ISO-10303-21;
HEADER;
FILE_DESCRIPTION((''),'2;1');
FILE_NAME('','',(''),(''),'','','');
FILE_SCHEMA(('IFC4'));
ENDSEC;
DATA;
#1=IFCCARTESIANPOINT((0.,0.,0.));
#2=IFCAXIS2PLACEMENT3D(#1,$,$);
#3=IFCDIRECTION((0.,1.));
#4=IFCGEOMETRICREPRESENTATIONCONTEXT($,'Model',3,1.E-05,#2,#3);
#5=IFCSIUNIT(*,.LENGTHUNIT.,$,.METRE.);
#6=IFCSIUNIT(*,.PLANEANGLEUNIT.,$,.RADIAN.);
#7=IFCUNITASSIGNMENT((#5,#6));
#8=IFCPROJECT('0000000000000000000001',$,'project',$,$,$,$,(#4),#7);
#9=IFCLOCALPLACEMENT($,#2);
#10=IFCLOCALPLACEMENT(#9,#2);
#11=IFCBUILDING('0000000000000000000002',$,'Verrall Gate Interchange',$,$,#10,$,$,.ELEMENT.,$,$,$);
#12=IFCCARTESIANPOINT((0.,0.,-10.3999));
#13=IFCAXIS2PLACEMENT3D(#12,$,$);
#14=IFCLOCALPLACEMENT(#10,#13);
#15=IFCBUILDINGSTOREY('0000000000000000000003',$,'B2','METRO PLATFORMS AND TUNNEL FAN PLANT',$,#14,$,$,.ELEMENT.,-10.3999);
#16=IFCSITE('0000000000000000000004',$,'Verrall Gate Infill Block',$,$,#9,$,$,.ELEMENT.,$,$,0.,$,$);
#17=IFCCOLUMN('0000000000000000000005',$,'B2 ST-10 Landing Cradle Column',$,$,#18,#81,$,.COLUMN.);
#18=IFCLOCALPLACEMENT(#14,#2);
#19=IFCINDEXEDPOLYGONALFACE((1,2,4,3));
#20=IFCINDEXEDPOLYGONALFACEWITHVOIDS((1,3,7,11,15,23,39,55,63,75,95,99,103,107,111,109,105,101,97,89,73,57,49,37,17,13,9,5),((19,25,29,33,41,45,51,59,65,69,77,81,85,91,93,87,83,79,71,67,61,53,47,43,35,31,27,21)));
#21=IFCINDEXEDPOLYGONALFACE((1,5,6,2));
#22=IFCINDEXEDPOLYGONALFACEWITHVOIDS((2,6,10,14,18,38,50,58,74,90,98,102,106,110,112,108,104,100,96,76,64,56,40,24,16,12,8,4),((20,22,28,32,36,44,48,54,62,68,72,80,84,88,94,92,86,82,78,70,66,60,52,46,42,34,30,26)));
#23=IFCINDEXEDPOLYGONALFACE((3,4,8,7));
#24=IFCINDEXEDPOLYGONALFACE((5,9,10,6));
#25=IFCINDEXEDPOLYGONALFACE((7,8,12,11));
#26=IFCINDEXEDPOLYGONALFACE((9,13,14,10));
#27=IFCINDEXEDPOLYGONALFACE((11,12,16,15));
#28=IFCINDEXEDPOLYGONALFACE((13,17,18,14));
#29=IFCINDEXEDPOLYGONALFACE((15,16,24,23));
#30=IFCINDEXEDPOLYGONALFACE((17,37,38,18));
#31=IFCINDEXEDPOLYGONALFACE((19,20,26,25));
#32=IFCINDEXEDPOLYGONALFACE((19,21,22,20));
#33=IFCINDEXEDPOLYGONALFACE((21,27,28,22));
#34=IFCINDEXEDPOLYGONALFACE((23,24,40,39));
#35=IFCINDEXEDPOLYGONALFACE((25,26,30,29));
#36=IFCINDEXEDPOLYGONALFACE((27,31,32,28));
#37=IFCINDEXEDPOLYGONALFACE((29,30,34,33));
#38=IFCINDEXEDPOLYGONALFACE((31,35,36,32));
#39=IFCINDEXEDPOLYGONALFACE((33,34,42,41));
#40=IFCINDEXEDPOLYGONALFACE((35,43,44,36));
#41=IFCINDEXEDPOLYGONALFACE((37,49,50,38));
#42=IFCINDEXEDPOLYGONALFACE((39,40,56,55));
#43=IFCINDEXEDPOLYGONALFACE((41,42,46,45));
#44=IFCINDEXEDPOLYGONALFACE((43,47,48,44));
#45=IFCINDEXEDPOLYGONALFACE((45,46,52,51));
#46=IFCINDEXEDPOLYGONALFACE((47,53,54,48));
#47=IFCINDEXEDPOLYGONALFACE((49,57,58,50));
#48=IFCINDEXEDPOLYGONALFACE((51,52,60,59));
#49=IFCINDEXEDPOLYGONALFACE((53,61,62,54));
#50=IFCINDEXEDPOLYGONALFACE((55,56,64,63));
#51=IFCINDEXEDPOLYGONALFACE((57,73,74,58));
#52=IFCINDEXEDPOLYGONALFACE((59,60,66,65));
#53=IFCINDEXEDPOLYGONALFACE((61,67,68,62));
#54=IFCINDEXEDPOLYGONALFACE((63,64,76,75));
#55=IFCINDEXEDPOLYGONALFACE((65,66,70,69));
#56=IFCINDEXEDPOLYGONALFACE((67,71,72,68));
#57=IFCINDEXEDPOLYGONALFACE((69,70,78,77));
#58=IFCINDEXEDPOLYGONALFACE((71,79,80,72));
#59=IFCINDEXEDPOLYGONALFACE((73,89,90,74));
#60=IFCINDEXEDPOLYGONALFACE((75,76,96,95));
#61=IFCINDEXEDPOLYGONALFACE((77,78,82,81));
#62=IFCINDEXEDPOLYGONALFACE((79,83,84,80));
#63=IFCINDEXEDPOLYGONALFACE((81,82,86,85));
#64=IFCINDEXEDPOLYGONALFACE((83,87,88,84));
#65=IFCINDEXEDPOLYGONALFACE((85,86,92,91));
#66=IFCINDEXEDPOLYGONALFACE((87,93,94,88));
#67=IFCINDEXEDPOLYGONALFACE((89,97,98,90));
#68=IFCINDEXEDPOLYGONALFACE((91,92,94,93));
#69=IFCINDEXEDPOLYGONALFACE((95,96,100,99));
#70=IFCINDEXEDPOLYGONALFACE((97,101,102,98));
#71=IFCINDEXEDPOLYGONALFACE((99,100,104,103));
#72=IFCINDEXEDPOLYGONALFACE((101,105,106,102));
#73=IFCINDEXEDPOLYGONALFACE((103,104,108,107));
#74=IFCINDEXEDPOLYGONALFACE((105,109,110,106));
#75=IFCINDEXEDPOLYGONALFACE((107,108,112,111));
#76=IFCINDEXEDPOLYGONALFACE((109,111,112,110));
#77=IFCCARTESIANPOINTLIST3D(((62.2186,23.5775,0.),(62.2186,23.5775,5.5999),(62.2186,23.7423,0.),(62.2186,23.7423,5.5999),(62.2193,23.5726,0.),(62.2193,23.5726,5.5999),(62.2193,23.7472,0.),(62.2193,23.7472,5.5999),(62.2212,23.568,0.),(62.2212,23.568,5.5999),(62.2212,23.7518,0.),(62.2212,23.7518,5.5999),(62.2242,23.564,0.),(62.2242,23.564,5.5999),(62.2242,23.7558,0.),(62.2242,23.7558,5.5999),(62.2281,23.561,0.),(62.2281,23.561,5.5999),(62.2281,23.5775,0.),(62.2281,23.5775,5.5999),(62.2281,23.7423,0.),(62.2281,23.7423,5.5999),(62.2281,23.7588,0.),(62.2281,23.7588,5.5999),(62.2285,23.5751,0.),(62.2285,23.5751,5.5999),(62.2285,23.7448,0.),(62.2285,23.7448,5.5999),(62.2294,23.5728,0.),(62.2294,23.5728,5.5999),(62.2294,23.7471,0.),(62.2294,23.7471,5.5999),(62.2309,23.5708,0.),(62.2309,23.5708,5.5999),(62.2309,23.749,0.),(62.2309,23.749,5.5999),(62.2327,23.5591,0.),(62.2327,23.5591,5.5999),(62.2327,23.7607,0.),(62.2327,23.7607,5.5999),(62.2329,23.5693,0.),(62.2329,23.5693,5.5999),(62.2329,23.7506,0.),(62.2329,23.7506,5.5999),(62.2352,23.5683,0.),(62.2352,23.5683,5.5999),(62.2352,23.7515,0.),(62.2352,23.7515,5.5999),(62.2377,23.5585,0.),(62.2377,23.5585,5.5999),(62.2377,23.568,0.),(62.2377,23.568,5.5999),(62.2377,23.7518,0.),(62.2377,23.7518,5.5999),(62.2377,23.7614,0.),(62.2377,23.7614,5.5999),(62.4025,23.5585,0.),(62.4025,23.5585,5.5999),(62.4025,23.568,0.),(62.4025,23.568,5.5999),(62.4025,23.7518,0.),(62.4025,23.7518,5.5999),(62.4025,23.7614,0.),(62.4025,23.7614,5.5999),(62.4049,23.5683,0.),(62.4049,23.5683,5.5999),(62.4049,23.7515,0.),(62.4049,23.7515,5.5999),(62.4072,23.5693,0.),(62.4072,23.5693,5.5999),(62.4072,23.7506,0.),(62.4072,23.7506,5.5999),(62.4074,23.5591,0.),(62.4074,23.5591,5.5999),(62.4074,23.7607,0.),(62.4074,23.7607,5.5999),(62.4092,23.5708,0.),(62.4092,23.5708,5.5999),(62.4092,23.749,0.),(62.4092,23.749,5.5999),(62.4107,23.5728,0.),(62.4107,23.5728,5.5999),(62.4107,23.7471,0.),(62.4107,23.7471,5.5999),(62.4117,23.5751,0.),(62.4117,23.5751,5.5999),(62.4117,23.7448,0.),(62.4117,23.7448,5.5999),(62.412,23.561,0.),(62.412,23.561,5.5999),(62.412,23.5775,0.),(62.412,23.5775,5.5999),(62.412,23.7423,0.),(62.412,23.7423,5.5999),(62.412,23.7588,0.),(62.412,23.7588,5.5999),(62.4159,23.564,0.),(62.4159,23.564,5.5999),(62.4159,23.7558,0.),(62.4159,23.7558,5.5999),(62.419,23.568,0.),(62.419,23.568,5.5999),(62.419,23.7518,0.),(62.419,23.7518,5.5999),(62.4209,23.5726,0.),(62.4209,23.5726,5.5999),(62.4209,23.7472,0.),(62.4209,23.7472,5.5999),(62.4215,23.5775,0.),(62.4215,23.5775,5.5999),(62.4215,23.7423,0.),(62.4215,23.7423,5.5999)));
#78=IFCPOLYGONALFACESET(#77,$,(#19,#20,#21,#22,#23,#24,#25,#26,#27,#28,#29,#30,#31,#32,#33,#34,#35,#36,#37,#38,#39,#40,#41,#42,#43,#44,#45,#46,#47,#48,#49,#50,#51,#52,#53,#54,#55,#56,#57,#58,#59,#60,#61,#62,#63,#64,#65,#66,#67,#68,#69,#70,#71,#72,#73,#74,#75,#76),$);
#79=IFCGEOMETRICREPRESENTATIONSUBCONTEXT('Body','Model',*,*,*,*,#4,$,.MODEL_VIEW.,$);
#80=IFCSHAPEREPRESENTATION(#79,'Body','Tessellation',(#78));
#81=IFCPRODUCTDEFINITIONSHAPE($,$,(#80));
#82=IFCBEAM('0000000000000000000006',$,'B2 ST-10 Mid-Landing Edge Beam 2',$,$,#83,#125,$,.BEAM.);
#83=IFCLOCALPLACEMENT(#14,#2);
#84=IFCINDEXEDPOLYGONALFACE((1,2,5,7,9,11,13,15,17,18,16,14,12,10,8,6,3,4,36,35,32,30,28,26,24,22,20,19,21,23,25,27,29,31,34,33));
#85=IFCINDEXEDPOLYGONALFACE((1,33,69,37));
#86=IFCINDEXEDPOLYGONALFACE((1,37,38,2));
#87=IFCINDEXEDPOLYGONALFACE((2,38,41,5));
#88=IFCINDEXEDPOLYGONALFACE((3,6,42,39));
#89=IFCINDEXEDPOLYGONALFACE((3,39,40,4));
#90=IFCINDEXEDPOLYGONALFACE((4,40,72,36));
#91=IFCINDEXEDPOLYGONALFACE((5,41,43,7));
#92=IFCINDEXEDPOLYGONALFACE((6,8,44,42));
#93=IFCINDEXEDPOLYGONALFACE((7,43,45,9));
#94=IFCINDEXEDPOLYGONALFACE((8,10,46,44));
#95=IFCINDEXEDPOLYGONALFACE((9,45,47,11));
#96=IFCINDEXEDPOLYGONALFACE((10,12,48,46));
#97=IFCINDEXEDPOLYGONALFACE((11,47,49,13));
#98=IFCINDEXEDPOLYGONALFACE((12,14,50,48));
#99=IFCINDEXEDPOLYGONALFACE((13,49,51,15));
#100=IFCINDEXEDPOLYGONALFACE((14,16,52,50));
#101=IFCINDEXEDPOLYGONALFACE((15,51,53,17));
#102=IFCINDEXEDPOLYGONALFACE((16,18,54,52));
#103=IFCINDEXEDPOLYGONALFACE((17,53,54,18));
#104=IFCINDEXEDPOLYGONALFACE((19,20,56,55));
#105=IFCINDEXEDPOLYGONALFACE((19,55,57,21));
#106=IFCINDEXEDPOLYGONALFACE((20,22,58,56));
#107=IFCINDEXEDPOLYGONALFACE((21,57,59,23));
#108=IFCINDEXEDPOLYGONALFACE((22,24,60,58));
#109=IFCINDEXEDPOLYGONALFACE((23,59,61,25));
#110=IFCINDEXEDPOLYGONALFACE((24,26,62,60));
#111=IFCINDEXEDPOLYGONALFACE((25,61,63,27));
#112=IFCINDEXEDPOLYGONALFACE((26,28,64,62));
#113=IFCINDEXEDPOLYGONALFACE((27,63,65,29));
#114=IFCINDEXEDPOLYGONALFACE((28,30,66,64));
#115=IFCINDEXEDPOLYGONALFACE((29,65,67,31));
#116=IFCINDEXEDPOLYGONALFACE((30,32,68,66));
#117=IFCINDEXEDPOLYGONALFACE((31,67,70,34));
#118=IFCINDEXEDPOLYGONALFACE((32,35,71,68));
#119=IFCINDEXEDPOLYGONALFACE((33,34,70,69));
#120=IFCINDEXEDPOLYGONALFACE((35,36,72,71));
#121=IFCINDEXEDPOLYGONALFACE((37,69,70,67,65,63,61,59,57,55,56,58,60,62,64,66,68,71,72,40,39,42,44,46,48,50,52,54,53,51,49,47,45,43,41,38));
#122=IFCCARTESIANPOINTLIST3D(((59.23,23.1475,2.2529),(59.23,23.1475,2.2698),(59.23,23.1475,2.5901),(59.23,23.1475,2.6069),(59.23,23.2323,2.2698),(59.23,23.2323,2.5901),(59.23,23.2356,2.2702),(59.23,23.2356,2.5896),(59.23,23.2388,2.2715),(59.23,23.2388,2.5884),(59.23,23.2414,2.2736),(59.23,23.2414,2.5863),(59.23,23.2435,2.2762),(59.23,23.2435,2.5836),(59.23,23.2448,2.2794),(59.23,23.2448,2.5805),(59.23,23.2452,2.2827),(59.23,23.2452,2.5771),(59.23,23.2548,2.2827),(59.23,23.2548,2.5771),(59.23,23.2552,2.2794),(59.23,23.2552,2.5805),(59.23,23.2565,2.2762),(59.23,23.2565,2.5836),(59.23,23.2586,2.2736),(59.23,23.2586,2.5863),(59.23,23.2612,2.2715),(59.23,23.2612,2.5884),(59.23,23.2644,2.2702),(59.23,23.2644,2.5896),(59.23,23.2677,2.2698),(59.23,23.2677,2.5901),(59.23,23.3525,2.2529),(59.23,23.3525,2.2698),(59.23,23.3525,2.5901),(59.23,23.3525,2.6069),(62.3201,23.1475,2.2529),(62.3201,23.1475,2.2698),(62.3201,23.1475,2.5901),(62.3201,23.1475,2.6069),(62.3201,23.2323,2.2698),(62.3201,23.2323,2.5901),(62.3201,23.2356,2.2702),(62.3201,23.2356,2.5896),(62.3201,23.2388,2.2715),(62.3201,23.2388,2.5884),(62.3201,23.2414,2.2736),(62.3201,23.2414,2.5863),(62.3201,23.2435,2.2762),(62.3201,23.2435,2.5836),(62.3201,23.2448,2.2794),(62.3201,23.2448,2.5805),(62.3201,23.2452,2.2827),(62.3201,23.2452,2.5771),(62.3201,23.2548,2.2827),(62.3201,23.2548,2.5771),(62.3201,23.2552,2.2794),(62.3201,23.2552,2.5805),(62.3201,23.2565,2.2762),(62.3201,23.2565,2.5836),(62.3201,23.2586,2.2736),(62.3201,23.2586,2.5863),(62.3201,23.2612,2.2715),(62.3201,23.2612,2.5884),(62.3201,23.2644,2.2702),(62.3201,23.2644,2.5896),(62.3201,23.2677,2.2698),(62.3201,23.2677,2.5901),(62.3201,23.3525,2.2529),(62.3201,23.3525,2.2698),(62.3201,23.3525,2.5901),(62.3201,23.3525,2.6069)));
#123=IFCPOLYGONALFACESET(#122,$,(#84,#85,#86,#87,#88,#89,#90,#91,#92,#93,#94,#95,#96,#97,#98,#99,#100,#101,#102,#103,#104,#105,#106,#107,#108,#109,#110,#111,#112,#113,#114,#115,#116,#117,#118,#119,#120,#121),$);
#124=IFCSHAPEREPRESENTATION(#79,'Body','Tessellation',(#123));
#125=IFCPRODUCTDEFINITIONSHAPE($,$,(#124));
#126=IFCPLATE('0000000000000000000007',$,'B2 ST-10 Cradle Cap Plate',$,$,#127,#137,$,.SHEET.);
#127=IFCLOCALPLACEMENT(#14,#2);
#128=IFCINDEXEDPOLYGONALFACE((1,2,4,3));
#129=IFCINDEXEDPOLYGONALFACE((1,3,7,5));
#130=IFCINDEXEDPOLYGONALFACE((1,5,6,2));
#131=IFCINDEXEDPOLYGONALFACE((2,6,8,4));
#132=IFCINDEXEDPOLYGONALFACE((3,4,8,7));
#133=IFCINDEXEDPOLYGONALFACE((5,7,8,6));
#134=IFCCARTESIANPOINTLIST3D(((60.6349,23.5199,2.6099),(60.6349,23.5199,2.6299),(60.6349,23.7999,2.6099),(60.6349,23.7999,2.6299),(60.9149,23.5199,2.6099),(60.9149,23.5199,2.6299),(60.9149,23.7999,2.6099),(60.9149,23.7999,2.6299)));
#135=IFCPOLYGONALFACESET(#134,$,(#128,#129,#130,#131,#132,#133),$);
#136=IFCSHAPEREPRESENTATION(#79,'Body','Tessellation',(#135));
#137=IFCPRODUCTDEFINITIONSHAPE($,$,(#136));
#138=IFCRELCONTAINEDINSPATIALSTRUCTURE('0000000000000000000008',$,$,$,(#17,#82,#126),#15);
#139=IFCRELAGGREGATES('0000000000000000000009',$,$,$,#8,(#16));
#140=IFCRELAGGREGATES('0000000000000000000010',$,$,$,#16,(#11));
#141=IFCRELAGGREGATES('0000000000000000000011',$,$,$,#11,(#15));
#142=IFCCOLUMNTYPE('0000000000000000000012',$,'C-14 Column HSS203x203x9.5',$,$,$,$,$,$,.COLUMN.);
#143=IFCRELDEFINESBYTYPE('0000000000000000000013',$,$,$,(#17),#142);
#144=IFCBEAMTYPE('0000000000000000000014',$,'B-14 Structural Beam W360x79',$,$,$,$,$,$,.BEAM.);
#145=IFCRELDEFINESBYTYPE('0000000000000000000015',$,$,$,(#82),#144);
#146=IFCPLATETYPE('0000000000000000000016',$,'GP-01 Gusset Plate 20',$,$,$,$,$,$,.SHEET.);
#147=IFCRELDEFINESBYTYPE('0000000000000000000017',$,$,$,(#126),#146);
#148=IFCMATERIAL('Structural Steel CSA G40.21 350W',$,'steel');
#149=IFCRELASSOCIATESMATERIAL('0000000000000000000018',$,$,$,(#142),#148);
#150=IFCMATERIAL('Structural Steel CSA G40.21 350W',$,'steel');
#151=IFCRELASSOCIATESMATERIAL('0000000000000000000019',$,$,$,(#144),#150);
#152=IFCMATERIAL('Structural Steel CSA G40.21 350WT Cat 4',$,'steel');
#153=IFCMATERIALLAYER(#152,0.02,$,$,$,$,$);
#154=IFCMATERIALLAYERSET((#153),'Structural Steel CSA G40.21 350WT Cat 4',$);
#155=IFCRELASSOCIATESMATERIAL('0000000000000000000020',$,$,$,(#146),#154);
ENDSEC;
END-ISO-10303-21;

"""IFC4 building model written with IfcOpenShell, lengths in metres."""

from ifc_helpers import new_model, si_unit, direction, frame, origin, origin_2d, place, context, subcontext, project, spatial, rectangle, hollow_rectangle, i_section, extrude, material, layer, layer_set, material_profile, profile_set, type_object, element, save


model = new_model("IFC4")

# Units and contexts
model_context = context("Model", 3, precision=1e-05, world=origin(), true_north=direction((0.0, 1.0)))
body_context = subcontext(model_context, "Body", "Model", "MODEL_VIEW")
ifc_project = project(units=[si_unit("LENGTHUNIT", "METRE"), si_unit("PLANEANGLEUNIT", "RADIAN")], contexts=[model_context])

# Site, building, storey
site_placement = place(None, origin())
site = spatial("IfcSite", under=ifc_project, at=site_placement, Name="Verrall Gate Infill Block", CompositionType="ELEMENT", RefElevation=0.0)
building_placement = place(site_placement, origin())
building = spatial("IfcBuilding", under=site, at=building_placement, Name="Verrall Gate Interchange", CompositionType="ELEMENT")
storey_placement = place(building_placement, frame((0.0, 0.0, -10.3999)))
storey = spatial("IfcBuildingStorey", under=building, at=storey_placement, Name="B2", Description="METRO PLATFORMS AND TUNNEL FAN PLANT", CompositionType="ELEMENT", Elevation=-10.3999)

# Column
ifc_material_1 = material(Name="Structural Steel CSA G40.21 350W", Category="steel")
ifc_material_profile_1 = material_profile(ifc_material_1, hollow_rectangle(XDim=0.2029, YDim=0.2029, WallThickness=0.0095, InnerFilletRadius=0.0095, OuterFilletRadius=0.019, at=origin_2d()), Name="HSS203x203x9.5")
ifc_profile_set_1 = profile_set([ifc_material_profile_1], Name="Structural Steel CSA G40.21 350W")
column_type_1 = type_object("IfcColumnType", Name="C-14 Column HSS203x203x9.5", PredefinedType="COLUMN", material=ifc_profile_set_1)
column_1_placement = place(storey_placement, frame((62.3201, 23.6599, 0.0), z_axis=(0.0, 0.0, 1.0), x_axis=(1.0, 0.0, 0.0)))
element("IfcColumn", 1, at=column_1_placement, inside=storey, type_object=column_type_1, Name="B2 ST-10 Landing Cradle Column", PredefinedType="COLUMN", context=body_context, shape_type="SweptSolid", body=[
    extrude(hollow_rectangle(XDim=0.2029, YDim=0.2029, WallThickness=0.0095, InnerFilletRadius=0.0095, OuterFilletRadius=0.019, at=origin_2d()), origin(), (0.0, 0.0, 1.0), 5.5999),
])

# Beam
ifc_material_2 = material(Name="Structural Steel CSA G40.21 350W", Category="steel")
ifc_material_profile_2 = material_profile(ifc_material_2, i_section(OverallWidth=0.2051, OverallDepth=0.354, WebThickness=0.0095, FlangeThickness=0.0168, FilletRadius=0.0129, at=origin_2d()), Name="W360x79")
ifc_profile_set_2 = profile_set([ifc_material_profile_2], Name="Structural Steel CSA G40.21 350W")
beam_type = type_object("IfcBeamType", Name="B-14 Structural Beam W360x79", PredefinedType="BEAM", material=ifc_profile_set_2)
beam_placement = place(storey_placement, frame((59.23, 23.25, 2.4299), z_axis=(1.0, 0.0, 0.0), x_axis=(0.0, 1.0, 0.0)))
element("IfcBeam", 2, at=beam_placement, inside=storey, type_object=beam_type, Name="B2 ST-10 Mid-Landing Edge Beam 2", PredefinedType="BEAM", context=body_context, shape_type="SweptSolid", body=[
    extrude(i_section(OverallWidth=0.2051, OverallDepth=0.354, WebThickness=0.0095, FlangeThickness=0.0168, FilletRadius=0.0129, at=origin_2d()), origin(), (0.0, 0.0, 1.0), 3.0901),
])

# Plate
ifc_material_3 = material(Name="Structural Steel CSA G40.21 350WT Cat 4", Category="steel")
ifc_layer = layer(ifc_material_3, 0.02)
ifc_layer_set = layer_set([ifc_layer], Name="Structural Steel CSA G40.21 350WT Cat 4")
plate_type = type_object("IfcPlateType", Name="GP-01 Gusset Plate 20", PredefinedType="SHEET", material=ifc_layer_set)
plate_placement = place(storey_placement, frame((60.7749, 23.6599, 2.6099), z_axis=(0.0, 0.0, 1.0), x_axis=(1.0, 0.0, 0.0)))
element("IfcPlate", 3, at=plate_placement, inside=storey, type_object=plate_type, Name="B2 ST-10 Cradle Cap Plate", PredefinedType="SHEET", context=body_context, shape_type="SweptSolid", body=[
    extrude(rectangle(XDim=0.28, YDim=0.28, at=origin_2d()), origin(), (0.0, 0.0, 1.0), 0.02),
])

save(model, "model.ifc")
